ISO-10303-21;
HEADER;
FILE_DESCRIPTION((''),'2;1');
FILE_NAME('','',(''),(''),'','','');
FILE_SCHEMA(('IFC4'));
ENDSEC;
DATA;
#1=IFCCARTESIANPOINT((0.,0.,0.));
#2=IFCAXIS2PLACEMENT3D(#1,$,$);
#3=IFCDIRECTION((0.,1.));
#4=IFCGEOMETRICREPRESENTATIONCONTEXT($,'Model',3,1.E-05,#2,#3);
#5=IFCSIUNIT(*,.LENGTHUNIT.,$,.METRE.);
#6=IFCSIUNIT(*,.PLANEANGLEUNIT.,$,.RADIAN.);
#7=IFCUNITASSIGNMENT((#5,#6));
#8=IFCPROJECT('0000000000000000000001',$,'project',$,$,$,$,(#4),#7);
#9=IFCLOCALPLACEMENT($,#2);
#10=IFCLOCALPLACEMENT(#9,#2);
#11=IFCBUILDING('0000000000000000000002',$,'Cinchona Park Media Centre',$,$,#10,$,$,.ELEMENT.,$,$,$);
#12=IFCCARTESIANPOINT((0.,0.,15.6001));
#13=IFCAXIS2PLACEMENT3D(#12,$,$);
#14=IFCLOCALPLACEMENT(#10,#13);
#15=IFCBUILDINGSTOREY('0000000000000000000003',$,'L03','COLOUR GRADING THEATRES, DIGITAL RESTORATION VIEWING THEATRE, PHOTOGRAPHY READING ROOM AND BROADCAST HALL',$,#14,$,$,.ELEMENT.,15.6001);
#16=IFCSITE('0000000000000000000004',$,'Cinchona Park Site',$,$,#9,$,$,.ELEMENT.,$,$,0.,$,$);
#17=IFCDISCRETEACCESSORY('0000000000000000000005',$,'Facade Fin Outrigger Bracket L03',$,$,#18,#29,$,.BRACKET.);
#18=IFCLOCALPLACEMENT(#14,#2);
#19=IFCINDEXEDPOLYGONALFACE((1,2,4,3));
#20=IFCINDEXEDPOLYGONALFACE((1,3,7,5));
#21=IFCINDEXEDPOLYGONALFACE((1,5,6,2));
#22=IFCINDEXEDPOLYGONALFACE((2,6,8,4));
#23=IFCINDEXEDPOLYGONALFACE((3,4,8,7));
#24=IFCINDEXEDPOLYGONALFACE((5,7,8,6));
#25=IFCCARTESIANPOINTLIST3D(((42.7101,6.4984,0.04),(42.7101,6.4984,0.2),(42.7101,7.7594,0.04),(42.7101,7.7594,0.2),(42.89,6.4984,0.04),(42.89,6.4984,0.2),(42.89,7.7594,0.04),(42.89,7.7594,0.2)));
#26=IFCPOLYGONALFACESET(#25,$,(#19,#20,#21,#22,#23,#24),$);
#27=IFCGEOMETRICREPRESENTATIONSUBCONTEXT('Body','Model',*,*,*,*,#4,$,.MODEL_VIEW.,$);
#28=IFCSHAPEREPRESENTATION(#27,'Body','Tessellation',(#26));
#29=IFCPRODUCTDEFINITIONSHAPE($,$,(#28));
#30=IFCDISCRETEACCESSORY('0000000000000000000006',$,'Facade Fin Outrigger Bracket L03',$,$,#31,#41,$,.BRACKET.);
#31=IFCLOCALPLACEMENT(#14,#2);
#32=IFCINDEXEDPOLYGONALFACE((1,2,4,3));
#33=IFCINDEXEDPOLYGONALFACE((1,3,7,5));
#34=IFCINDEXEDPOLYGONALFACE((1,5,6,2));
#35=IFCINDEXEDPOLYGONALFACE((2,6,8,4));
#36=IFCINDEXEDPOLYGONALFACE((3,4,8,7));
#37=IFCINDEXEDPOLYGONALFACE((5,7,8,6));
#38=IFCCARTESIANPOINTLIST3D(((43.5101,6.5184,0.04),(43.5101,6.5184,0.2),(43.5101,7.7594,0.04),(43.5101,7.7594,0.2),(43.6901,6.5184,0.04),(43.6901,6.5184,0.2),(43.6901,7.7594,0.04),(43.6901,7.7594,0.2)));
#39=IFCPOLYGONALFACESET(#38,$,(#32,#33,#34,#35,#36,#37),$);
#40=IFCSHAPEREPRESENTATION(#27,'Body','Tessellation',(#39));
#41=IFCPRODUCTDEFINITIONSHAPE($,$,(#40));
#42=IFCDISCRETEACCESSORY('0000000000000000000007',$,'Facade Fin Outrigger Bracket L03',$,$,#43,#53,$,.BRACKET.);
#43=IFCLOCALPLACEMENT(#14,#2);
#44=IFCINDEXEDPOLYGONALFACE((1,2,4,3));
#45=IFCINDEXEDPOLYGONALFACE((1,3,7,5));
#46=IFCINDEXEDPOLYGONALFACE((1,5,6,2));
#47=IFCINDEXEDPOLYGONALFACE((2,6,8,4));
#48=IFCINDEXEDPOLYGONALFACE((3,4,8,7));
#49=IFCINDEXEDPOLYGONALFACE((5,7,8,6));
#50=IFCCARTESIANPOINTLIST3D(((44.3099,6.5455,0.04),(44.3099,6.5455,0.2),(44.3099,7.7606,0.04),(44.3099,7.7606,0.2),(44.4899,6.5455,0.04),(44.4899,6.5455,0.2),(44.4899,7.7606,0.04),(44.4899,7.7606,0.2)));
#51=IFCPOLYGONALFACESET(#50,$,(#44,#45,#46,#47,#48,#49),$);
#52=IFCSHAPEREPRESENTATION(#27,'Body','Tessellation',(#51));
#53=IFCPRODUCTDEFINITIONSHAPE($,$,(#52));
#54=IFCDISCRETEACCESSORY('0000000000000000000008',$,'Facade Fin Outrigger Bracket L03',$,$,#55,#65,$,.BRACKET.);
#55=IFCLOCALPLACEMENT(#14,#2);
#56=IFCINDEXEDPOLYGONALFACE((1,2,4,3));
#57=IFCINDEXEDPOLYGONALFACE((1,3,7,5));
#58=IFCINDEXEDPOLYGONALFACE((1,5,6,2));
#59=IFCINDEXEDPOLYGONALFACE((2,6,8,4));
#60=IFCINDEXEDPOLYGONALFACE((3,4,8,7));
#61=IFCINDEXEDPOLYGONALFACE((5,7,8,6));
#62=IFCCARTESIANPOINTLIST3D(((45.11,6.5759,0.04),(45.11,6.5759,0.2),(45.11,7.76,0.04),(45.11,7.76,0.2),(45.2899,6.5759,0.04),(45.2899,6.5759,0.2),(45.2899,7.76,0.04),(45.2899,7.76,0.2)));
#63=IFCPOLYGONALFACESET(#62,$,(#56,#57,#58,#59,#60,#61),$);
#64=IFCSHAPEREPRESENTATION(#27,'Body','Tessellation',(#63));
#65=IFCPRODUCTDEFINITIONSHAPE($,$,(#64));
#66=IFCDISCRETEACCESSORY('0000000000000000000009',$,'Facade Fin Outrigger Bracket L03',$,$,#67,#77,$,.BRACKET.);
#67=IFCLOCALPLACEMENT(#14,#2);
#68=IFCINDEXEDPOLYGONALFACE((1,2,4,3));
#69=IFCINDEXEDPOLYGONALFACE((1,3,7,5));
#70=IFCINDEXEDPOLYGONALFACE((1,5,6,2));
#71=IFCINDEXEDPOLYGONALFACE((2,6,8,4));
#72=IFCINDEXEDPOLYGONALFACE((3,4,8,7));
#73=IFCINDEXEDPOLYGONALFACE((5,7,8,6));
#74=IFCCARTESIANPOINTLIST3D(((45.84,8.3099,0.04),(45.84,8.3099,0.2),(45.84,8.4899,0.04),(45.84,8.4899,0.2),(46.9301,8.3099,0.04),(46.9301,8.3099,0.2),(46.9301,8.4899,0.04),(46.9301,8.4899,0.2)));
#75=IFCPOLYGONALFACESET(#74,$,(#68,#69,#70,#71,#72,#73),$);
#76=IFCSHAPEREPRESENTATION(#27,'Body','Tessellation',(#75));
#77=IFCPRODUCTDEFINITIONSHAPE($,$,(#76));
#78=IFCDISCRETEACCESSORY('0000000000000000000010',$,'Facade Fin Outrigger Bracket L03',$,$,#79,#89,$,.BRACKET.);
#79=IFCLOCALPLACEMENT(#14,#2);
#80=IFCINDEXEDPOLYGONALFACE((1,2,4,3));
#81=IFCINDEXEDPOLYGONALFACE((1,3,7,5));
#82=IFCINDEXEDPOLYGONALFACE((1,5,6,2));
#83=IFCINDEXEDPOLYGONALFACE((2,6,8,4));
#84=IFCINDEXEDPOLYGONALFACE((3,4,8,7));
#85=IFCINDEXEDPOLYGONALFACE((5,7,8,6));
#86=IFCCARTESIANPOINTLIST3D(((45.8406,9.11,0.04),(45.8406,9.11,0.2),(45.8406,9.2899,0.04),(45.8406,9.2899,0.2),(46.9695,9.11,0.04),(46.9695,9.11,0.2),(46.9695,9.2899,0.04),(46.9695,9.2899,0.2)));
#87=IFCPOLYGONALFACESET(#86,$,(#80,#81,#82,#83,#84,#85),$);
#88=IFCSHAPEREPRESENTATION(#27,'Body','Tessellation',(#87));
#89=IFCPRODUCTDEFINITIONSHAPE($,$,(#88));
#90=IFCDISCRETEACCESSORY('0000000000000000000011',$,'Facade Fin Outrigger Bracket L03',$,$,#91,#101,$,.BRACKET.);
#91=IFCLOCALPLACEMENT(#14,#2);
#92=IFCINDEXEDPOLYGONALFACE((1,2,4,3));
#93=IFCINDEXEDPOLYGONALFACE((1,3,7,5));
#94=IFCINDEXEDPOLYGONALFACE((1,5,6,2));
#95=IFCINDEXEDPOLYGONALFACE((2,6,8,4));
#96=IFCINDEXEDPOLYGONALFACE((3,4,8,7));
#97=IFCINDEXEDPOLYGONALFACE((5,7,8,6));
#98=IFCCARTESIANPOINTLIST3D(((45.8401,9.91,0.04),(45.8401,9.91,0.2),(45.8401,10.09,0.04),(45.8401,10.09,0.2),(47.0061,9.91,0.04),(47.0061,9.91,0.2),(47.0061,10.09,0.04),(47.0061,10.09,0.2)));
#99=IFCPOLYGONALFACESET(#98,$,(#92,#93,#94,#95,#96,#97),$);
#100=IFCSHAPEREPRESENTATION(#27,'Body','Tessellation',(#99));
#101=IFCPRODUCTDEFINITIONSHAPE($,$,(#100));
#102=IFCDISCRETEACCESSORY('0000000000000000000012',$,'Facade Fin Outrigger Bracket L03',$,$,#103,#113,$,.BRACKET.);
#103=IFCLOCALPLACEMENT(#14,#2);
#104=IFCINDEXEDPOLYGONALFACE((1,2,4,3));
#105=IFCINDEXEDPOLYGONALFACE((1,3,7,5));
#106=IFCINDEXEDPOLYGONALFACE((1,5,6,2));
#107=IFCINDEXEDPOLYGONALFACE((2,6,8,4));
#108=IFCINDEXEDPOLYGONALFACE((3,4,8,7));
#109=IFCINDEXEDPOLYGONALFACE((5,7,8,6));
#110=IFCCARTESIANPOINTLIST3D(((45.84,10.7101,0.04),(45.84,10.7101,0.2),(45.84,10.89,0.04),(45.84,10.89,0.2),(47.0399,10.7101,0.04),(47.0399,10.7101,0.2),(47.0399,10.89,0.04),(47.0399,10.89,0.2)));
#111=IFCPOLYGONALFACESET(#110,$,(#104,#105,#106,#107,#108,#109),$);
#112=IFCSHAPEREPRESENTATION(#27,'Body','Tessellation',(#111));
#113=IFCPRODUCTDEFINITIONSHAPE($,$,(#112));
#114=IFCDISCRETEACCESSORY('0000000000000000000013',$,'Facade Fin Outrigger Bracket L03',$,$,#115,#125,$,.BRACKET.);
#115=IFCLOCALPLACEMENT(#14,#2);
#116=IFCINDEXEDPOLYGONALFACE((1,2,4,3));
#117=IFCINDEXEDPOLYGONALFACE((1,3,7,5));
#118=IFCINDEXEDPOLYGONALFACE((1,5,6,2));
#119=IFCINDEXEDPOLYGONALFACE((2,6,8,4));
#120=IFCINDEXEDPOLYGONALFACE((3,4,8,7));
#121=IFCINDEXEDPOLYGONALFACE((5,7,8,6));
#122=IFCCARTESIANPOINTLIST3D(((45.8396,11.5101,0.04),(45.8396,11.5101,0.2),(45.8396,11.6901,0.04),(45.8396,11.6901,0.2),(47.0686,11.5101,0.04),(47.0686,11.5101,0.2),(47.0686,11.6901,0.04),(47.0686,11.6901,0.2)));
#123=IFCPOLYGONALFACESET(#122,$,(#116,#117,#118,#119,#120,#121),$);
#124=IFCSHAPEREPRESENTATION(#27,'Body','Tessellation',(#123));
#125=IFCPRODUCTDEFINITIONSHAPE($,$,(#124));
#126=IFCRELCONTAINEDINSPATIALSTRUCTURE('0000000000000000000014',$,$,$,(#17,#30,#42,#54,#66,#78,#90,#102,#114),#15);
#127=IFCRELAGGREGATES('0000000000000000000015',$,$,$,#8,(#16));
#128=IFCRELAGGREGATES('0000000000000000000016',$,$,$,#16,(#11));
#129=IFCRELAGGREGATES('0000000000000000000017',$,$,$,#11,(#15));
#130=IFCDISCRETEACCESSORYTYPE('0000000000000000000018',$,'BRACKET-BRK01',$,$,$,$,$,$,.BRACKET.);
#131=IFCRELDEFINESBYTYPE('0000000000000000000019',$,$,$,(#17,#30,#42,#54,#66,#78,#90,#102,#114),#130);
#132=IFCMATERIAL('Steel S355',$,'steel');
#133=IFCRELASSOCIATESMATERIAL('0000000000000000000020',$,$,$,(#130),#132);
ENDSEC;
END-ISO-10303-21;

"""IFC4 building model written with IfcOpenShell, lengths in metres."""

from ifc_helpers import new_model, si_unit, direction, frame, origin, origin_2d, place, context, subcontext, project, spatial, rectangle, extrude, material, type_object, element, save


model = new_model("IFC4")

# Units and contexts
model_context = context("Model", 3, precision=1e-05, world=origin(), true_north=direction((0.0, 1.0)))
body_context = subcontext(model_context, "Body", "Model", "MODEL_VIEW")
ifc_project = project(units=[si_unit("LENGTHUNIT", "METRE"), si_unit("PLANEANGLEUNIT", "RADIAN")], contexts=[model_context])

# Site, building, storey
site_placement = place(None, origin())
site = spatial("IfcSite", under=ifc_project, at=site_placement, Name="Cinchona Park Site", CompositionType="ELEMENT", RefElevation=0.0)
building_placement = place(site_placement, origin())
building = spatial("IfcBuilding", under=site, at=building_placement, Name="Cinchona Park Media Centre", CompositionType="ELEMENT")
storey_placement = place(building_placement, frame((0.0, 0.0, 15.6001)))
storey = spatial("IfcBuildingStorey", under=building, at=storey_placement, Name="L03", Description="COLOUR GRADING THEATRES, DIGITAL RESTORATION VIEWING THEATRE, PHOTOGRAPHY READING ROOM AND BROADCAST HALL", CompositionType="ELEMENT", Elevation=15.6001)

# Discrete accessories
ifc_material_1 = material(Name="Steel S355", Category="steel")
discrete_accessory_type = type_object("IfcDiscreteAccessoryType", Name="BRACKET-BRK01", PredefinedType="BRACKET", material=ifc_material_1)
discrete_accessory_1_placement = place(storey_placement, frame((42.8, 7.1289, 0.04), z_axis=(0.0, 0.0, 1.0), x_axis=(1.0, 0.0, 0.0)))
element("IfcDiscreteAccessory", 1, at=discrete_accessory_1_placement, inside=storey, type_object=discrete_accessory_type, Name="Facade Fin Outrigger Bracket L03", PredefinedType="BRACKET", context=body_context, shape_type="SweptSolid", body=[
    extrude(rectangle(XDim=0.1799, YDim=1.261, at=origin_2d()), origin(), (0.0, 0.0, 1.0), 0.1599),
])
discrete_accessory_2_placement = place(storey_placement, frame((43.6001, 7.1389, 0.04), z_axis=(0.0, 0.0, 1.0), x_axis=(1.0, 0.0, 0.0)))
element("IfcDiscreteAccessory", 2, at=discrete_accessory_2_placement, inside=storey, type_object=discrete_accessory_type, Name="Facade Fin Outrigger Bracket L03", PredefinedType="BRACKET", context=body_context, shape_type="SweptSolid", body=[
    extrude(rectangle(XDim=0.1799, YDim=1.241, at=origin_2d()), origin(), (0.0, 0.0, 1.0), 0.1599),
])
discrete_accessory_3_placement = place(storey_placement, frame((44.3999, 7.1531, 0.04), z_axis=(0.0, 0.0, 1.0), x_axis=(1.0, 0.0, 0.0)))
element("IfcDiscreteAccessory", 3, at=discrete_accessory_3_placement, inside=storey, type_object=discrete_accessory_type, Name="Facade Fin Outrigger Bracket L03", PredefinedType="BRACKET", context=body_context, shape_type="SweptSolid", body=[
    extrude(rectangle(XDim=0.1799, YDim=1.2151, at=origin_2d()), origin(), (0.0, 0.0, 1.0), 0.1599),
])
discrete_accessory_4_placement = place(storey_placement, frame((45.2, 7.168, 0.04), z_axis=(0.0, 0.0, 1.0), x_axis=(1.0, 0.0, 0.0)))
element("IfcDiscreteAccessory", 4, at=discrete_accessory_4_placement, inside=storey, type_object=discrete_accessory_type, Name="Facade Fin Outrigger Bracket L03", PredefinedType="BRACKET", context=body_context, shape_type="SweptSolid", body=[
    extrude(rectangle(XDim=0.1799, YDim=1.1841, at=origin_2d()), origin(), (0.0, 0.0, 1.0), 0.1599),
])
discrete_accessory_5_placement = place(storey_placement, frame((46.385, 8.3999, 0.04), z_axis=(0.0, 0.0, 1.0), x_axis=(0.0, 1.0, 0.0)))
element("IfcDiscreteAccessory", 5, at=discrete_accessory_5_placement, inside=storey, type_object=discrete_accessory_type, Name="Facade Fin Outrigger Bracket L03", PredefinedType="BRACKET", context=body_context, shape_type="SweptSolid", body=[
    extrude(rectangle(XDim=0.1799, YDim=1.0901, at=origin_2d()), origin(), (0.0, 0.0, 1.0), 0.1599),
])
discrete_accessory_6_placement = place(storey_placement, frame((46.405, 9.2, 0.04), z_axis=(0.0, 0.0, 1.0), x_axis=(0.0, 1.0, 0.0)))
element("IfcDiscreteAccessory", 6, at=discrete_accessory_6_placement, inside=storey, type_object=discrete_accessory_type, Name="Facade Fin Outrigger Bracket L03", PredefinedType="BRACKET", context=body_context, shape_type="SweptSolid", body=[
    extrude(rectangle(XDim=0.1799, YDim=1.1289, at=origin_2d()), origin(), (0.0, 0.0, 1.0), 0.1599),
])
discrete_accessory_7_placement = place(storey_placement, frame((46.4231, 10.0, 0.04), z_axis=(0.0, 0.0, 1.0), x_axis=(0.0, 1.0, 0.0)))
element("IfcDiscreteAccessory", 7, at=discrete_accessory_7_placement, inside=storey, type_object=discrete_accessory_type, Name="Facade Fin Outrigger Bracket L03", PredefinedType="BRACKET", context=body_context, shape_type="SweptSolid", body=[
    extrude(rectangle(XDim=0.1799, YDim=1.166, at=origin_2d()), origin(), (0.0, 0.0, 1.0), 0.1599),
])
discrete_accessory_8_placement = place(storey_placement, frame((46.4399, 10.8, 0.04), z_axis=(0.0, 0.0, 1.0), x_axis=(0.0, 1.0, 0.0)))
element("IfcDiscreteAccessory", 8, at=discrete_accessory_8_placement, inside=storey, type_object=discrete_accessory_type, Name="Facade Fin Outrigger Bracket L03", PredefinedType="BRACKET", context=body_context, shape_type="SweptSolid", body=[
    extrude(rectangle(XDim=0.1799, YDim=1.2, at=origin_2d()), origin(), (0.0, 0.0, 1.0), 0.1599),
])
discrete_accessory_9_placement = place(storey_placement, frame((46.4541, 11.6001, 0.04), z_axis=(0.0, 0.0, 1.0), x_axis=(0.0, 1.0, 0.0)))
element("IfcDiscreteAccessory", 9, at=discrete_accessory_9_placement, inside=storey, type_object=discrete_accessory_type, Name="Facade Fin Outrigger Bracket L03", PredefinedType="BRACKET", context=body_context, shape_type="SweptSolid", body=[
    extrude(rectangle(XDim=0.1799, YDim=1.229, at=origin_2d()), origin(), (0.0, 0.0, 1.0), 0.1599),
])

save(model, "model.ifc")
